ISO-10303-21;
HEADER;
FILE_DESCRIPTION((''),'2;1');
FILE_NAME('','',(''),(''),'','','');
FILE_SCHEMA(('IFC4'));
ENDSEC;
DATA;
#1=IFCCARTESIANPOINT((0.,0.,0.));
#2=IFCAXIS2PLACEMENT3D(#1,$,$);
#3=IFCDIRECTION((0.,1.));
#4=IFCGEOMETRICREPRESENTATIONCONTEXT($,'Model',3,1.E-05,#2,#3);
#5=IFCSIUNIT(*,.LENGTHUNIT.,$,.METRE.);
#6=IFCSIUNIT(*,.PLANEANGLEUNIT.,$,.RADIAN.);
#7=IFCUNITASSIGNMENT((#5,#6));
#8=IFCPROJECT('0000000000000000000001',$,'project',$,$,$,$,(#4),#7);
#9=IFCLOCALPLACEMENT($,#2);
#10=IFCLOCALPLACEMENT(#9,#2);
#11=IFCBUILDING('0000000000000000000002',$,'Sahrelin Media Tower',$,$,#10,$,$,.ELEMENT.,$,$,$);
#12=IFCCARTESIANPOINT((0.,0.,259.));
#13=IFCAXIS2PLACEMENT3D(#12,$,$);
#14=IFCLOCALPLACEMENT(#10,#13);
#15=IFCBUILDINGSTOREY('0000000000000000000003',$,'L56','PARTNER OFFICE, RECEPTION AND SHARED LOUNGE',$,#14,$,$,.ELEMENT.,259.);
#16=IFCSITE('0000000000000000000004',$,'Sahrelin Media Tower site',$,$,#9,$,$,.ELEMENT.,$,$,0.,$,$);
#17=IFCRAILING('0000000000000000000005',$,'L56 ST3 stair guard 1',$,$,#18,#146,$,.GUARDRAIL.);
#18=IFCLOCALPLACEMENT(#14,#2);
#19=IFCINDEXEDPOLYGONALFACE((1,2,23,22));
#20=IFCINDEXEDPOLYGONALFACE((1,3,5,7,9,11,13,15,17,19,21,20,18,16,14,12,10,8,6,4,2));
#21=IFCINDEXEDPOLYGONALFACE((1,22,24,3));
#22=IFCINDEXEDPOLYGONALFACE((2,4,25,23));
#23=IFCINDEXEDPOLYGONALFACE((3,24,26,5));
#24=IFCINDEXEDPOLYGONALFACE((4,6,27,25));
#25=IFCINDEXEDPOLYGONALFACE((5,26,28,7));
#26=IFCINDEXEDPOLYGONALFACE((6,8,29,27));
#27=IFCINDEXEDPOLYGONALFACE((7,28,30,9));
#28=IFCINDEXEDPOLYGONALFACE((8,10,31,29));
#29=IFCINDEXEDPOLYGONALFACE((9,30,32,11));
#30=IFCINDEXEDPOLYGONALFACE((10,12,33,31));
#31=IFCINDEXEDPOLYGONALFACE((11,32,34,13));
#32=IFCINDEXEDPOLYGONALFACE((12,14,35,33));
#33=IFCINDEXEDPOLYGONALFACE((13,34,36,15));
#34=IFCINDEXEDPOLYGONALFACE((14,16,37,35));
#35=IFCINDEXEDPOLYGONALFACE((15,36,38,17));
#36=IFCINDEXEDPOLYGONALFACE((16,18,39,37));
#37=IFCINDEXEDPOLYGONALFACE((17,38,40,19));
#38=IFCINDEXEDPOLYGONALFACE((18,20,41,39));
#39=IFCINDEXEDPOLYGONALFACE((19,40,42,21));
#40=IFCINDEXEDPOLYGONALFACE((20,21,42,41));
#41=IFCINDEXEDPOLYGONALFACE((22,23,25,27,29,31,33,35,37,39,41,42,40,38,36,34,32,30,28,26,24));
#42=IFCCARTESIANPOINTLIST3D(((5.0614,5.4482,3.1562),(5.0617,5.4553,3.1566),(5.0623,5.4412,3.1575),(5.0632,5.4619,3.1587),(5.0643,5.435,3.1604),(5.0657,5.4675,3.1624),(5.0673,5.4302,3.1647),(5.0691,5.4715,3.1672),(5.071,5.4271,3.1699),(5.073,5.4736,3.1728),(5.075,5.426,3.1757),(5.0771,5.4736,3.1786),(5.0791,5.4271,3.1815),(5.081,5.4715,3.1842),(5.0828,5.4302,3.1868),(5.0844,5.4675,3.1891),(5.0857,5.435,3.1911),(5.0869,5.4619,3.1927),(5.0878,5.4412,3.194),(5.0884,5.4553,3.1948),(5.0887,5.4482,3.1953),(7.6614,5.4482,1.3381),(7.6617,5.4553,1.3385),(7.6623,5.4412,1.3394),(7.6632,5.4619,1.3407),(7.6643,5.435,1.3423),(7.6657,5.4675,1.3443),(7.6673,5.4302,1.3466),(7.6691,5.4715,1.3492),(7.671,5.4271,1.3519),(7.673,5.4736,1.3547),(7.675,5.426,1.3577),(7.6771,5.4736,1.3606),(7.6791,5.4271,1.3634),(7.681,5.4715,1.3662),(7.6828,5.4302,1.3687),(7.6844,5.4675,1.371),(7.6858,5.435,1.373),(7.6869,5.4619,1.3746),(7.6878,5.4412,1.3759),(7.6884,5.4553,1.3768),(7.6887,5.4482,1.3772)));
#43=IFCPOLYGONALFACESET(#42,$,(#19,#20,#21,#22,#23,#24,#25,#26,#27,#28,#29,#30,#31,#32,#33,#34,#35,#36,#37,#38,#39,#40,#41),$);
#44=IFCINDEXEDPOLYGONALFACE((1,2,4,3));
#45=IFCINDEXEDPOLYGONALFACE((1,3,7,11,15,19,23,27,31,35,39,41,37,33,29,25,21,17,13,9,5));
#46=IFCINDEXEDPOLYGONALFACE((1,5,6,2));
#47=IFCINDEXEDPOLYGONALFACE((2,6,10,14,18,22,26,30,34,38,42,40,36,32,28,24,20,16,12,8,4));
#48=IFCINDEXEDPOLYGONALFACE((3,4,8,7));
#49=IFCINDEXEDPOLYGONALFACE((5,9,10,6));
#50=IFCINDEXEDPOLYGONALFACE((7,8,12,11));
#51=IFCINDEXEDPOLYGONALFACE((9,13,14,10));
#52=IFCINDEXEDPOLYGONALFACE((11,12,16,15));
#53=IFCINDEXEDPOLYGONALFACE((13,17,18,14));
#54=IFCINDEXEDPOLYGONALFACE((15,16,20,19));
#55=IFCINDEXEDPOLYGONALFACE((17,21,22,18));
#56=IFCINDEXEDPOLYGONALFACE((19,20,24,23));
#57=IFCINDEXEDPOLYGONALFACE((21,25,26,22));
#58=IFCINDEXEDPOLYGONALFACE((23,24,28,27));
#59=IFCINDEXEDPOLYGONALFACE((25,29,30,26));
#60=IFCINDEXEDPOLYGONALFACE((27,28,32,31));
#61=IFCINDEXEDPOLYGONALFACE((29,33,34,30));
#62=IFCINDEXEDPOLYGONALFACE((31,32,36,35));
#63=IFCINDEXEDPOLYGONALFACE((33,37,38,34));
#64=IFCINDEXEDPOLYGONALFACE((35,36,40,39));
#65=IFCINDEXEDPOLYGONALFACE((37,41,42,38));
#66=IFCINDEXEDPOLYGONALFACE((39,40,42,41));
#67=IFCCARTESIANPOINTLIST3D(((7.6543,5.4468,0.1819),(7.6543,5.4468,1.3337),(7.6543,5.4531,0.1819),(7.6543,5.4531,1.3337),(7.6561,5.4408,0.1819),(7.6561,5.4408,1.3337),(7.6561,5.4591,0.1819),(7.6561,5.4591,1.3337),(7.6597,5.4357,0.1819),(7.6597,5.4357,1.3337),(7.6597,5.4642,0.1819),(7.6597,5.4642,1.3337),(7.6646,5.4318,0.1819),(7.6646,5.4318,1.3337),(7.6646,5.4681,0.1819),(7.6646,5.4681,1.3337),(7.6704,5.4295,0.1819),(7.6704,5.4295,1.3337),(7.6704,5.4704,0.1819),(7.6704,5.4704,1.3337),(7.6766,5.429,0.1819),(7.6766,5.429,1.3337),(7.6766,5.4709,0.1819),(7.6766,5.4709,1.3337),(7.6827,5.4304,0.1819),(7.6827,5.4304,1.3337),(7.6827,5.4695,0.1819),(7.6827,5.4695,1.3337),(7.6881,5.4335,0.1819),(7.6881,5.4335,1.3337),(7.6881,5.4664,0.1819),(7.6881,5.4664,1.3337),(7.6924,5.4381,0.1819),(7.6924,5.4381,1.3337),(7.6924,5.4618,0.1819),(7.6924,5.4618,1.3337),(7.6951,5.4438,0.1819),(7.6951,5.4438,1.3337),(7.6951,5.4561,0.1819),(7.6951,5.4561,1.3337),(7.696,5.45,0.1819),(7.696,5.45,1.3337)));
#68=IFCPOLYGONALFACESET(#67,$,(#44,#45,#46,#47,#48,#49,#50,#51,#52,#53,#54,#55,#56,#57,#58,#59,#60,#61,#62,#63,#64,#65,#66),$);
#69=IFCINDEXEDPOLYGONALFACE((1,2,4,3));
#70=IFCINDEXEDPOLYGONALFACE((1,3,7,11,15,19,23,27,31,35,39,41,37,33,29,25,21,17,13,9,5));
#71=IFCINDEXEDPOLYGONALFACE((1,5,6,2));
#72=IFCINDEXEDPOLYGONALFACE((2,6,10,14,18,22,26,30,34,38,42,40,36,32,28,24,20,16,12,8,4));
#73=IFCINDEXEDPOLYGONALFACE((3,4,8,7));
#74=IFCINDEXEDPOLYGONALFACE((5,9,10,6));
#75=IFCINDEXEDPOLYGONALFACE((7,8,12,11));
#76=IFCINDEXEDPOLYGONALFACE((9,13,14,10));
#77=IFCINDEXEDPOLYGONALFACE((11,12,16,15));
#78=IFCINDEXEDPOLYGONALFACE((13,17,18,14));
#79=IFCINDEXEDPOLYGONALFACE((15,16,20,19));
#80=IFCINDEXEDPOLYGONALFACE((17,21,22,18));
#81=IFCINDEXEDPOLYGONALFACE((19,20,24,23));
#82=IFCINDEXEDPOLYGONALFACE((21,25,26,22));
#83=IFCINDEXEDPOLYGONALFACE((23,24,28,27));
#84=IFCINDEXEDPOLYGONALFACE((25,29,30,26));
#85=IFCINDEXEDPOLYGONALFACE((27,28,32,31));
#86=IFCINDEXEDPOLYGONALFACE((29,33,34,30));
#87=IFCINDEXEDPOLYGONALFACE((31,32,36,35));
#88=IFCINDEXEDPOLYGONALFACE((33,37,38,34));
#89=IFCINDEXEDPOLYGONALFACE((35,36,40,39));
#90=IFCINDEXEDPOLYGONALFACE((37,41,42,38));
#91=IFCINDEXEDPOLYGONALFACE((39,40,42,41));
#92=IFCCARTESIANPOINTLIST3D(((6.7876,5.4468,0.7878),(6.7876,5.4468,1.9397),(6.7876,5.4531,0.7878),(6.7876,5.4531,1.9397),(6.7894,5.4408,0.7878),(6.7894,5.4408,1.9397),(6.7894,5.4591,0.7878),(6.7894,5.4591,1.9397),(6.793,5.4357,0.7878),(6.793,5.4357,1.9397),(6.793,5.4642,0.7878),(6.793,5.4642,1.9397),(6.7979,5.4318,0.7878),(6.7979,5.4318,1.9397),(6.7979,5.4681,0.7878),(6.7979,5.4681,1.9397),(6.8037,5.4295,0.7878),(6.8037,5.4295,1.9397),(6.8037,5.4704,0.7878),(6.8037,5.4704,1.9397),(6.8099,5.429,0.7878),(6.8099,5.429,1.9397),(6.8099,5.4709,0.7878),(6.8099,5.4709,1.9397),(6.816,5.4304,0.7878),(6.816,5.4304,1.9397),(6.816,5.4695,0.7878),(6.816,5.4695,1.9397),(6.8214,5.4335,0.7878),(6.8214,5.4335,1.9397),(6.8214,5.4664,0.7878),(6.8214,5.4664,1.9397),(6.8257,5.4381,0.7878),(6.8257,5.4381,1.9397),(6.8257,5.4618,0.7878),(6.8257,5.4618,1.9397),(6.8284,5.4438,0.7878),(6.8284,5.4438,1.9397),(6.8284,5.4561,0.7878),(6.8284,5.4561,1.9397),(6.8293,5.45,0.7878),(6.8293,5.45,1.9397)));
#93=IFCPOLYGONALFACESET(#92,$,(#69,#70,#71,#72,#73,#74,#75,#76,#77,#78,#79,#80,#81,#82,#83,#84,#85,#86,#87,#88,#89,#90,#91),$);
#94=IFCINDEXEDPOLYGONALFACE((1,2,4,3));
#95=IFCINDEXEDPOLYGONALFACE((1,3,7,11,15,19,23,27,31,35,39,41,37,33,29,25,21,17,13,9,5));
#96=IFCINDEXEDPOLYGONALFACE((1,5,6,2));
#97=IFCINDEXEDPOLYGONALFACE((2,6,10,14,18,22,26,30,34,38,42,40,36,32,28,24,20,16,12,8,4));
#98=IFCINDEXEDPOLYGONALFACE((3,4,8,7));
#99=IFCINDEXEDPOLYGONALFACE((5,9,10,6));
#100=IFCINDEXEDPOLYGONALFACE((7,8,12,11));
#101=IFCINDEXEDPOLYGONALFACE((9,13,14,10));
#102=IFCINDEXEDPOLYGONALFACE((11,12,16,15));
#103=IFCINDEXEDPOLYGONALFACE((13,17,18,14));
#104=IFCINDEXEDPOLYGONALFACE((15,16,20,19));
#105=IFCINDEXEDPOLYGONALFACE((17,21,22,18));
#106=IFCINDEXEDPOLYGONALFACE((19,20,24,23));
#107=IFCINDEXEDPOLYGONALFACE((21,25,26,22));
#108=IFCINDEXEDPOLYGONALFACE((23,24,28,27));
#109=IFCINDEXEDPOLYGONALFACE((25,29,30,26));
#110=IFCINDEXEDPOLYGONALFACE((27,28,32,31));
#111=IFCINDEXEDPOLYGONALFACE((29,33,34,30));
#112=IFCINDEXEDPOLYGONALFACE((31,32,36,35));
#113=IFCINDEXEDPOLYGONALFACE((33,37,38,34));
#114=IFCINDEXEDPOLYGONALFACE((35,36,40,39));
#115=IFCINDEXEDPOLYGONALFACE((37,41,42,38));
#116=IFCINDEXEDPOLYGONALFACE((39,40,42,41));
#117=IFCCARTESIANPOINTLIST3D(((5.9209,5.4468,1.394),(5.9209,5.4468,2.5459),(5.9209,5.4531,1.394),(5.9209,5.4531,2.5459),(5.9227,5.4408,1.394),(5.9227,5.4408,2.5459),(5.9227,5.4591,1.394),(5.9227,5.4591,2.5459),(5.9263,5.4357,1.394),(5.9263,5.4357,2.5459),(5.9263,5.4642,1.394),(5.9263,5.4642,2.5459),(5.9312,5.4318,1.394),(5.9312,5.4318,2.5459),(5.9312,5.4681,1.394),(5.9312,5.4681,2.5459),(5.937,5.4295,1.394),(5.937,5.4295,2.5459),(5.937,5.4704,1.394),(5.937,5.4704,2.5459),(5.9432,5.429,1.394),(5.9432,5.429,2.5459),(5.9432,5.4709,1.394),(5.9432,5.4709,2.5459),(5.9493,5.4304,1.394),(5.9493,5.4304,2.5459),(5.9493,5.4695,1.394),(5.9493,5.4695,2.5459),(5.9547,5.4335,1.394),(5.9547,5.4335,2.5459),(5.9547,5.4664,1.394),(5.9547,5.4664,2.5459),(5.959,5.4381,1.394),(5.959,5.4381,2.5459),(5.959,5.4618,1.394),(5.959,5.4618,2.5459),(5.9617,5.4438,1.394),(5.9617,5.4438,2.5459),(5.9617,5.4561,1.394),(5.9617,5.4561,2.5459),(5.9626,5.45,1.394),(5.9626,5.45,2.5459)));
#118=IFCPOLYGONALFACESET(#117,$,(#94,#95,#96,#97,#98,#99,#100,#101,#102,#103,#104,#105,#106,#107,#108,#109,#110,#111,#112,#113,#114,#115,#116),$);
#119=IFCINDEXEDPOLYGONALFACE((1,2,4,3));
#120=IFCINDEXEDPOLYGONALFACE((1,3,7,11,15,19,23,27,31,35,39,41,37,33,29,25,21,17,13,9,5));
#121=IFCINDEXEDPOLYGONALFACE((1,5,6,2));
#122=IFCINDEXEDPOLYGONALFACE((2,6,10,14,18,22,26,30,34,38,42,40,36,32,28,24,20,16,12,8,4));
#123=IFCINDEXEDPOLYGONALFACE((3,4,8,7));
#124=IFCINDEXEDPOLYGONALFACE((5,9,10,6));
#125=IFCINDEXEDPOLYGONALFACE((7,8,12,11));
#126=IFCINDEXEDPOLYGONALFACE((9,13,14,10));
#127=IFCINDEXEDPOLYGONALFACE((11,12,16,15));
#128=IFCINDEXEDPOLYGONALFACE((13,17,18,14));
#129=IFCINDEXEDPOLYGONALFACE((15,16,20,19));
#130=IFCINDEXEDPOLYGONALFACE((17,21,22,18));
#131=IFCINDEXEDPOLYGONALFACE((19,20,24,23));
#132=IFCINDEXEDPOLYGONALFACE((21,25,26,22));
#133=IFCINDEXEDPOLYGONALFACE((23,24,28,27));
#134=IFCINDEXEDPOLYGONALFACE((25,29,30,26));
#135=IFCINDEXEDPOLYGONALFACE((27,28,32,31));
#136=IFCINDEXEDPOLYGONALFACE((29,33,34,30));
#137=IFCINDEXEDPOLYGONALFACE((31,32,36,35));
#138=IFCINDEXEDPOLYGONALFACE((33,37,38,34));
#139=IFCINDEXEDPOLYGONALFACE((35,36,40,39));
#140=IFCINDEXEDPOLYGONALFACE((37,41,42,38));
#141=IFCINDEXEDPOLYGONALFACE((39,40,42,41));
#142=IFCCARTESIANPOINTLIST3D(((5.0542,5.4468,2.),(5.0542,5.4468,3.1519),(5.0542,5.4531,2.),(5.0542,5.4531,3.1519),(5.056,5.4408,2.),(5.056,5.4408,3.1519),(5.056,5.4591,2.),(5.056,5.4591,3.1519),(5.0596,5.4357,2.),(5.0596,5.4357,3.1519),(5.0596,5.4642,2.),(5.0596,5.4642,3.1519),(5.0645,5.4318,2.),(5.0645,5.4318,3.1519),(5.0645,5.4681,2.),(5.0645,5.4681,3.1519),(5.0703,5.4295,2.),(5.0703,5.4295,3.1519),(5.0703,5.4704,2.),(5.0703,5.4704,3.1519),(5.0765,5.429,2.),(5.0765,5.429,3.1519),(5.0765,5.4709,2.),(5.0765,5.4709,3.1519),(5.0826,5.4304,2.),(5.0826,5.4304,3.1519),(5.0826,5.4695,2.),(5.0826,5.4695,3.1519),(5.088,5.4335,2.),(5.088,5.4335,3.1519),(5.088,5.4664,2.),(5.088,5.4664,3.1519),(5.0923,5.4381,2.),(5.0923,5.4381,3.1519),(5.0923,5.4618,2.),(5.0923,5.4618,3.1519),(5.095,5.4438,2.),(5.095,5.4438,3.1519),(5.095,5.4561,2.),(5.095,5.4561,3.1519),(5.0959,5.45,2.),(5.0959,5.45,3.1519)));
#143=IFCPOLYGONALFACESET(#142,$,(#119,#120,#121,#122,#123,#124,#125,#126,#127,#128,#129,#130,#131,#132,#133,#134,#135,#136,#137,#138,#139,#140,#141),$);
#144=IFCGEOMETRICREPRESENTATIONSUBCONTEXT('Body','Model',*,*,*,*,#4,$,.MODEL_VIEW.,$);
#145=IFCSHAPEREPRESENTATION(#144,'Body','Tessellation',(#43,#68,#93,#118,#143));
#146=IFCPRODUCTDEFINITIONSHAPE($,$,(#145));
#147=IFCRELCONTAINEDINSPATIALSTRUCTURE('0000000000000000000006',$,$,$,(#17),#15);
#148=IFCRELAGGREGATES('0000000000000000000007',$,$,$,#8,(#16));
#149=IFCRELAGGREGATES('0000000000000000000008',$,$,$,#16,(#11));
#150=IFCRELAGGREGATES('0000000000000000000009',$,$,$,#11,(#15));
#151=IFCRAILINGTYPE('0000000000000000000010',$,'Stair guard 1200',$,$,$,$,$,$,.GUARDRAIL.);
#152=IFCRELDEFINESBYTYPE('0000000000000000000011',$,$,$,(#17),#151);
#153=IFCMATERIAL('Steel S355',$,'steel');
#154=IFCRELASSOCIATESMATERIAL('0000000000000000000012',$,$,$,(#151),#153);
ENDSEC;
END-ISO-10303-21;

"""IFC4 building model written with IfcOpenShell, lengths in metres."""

from ifc_helpers import new_model, si_unit, direction, frame, origin, origin_2d, place, context, subcontext, project, spatial, circle, extrude, material, type_object, element, save


model = new_model("IFC4")

# Units and contexts
model_context = context("Model", 3, precision=1e-05, world=origin(), true_north=direction((0.0, 1.0)))
body_context = subcontext(model_context, "Body", "Model", "MODEL_VIEW")
ifc_project = project(units=[si_unit("LENGTHUNIT", "METRE"), si_unit("PLANEANGLEUNIT", "RADIAN")], contexts=[model_context])

# Site, building, storey
site_placement = place(None, origin())
site = spatial("IfcSite", under=ifc_project, at=site_placement, Name="Sahrelin Media Tower site", CompositionType="ELEMENT", RefElevation=0.0)
building_placement = place(site_placement, origin())
building = spatial("IfcBuilding", under=site, at=building_placement, Name="Sahrelin Media Tower", CompositionType="ELEMENT")
storey_placement = place(building_placement, frame((0.0, 0.0, 259.0)))
storey = spatial("IfcBuildingStorey", under=building, at=storey_placement, Name="L56", Description="PARTNER OFFICE, RECEPTION AND SHARED LOUNGE", CompositionType="ELEMENT", Elevation=259.0)

# Shared definitions
ifc_material_1 = material(Name="Steel S355", Category="steel")

# Railing
railing_type_1 = type_object("IfcRailingType", Name="Stair guard 1200", PredefinedType="GUARDRAIL", material=ifc_material_1)
railing_1_placement = place(storey_placement, frame((7.675, 5.45, 0.1819)))
element("IfcRailing", 1, at=railing_1_placement, inside=storey, type_object=railing_type_1, Name="L56 ST3 stair guard 1", PredefinedType="GUARDRAIL", context=body_context, shape_type="SweptSolid", body=[
    extrude(circle(Radius=0.0239, at=origin_2d()), frame((0.0, 0.0, 1.1758), z_axis=(-0.819521, 0.0, 0.573049), x_axis=(0.0, -1.0, 0.0)), (0.0, 0.0, 1.0), 3.1726),
    extrude(circle(Radius=0.021, at=origin_2d()), origin(), (0.0, 0.0, 1.0), 1.1519),
    extrude(circle(Radius=0.021, at=origin_2d()), frame((-0.8667, 0.0, 0.606)), (0.0, 0.0, 1.0), 1.1519),
    extrude(circle(Radius=0.021, at=origin_2d()), frame((-1.7334, 0.0, 1.2122)), (0.0, 0.0, 1.0), 1.1519),
    extrude(circle(Radius=0.021, at=origin_2d()), frame((-2.6001, 0.0, 1.8181)), (0.0, 0.0, 1.0), 1.1519),
])

save(model, "model.ifc")
